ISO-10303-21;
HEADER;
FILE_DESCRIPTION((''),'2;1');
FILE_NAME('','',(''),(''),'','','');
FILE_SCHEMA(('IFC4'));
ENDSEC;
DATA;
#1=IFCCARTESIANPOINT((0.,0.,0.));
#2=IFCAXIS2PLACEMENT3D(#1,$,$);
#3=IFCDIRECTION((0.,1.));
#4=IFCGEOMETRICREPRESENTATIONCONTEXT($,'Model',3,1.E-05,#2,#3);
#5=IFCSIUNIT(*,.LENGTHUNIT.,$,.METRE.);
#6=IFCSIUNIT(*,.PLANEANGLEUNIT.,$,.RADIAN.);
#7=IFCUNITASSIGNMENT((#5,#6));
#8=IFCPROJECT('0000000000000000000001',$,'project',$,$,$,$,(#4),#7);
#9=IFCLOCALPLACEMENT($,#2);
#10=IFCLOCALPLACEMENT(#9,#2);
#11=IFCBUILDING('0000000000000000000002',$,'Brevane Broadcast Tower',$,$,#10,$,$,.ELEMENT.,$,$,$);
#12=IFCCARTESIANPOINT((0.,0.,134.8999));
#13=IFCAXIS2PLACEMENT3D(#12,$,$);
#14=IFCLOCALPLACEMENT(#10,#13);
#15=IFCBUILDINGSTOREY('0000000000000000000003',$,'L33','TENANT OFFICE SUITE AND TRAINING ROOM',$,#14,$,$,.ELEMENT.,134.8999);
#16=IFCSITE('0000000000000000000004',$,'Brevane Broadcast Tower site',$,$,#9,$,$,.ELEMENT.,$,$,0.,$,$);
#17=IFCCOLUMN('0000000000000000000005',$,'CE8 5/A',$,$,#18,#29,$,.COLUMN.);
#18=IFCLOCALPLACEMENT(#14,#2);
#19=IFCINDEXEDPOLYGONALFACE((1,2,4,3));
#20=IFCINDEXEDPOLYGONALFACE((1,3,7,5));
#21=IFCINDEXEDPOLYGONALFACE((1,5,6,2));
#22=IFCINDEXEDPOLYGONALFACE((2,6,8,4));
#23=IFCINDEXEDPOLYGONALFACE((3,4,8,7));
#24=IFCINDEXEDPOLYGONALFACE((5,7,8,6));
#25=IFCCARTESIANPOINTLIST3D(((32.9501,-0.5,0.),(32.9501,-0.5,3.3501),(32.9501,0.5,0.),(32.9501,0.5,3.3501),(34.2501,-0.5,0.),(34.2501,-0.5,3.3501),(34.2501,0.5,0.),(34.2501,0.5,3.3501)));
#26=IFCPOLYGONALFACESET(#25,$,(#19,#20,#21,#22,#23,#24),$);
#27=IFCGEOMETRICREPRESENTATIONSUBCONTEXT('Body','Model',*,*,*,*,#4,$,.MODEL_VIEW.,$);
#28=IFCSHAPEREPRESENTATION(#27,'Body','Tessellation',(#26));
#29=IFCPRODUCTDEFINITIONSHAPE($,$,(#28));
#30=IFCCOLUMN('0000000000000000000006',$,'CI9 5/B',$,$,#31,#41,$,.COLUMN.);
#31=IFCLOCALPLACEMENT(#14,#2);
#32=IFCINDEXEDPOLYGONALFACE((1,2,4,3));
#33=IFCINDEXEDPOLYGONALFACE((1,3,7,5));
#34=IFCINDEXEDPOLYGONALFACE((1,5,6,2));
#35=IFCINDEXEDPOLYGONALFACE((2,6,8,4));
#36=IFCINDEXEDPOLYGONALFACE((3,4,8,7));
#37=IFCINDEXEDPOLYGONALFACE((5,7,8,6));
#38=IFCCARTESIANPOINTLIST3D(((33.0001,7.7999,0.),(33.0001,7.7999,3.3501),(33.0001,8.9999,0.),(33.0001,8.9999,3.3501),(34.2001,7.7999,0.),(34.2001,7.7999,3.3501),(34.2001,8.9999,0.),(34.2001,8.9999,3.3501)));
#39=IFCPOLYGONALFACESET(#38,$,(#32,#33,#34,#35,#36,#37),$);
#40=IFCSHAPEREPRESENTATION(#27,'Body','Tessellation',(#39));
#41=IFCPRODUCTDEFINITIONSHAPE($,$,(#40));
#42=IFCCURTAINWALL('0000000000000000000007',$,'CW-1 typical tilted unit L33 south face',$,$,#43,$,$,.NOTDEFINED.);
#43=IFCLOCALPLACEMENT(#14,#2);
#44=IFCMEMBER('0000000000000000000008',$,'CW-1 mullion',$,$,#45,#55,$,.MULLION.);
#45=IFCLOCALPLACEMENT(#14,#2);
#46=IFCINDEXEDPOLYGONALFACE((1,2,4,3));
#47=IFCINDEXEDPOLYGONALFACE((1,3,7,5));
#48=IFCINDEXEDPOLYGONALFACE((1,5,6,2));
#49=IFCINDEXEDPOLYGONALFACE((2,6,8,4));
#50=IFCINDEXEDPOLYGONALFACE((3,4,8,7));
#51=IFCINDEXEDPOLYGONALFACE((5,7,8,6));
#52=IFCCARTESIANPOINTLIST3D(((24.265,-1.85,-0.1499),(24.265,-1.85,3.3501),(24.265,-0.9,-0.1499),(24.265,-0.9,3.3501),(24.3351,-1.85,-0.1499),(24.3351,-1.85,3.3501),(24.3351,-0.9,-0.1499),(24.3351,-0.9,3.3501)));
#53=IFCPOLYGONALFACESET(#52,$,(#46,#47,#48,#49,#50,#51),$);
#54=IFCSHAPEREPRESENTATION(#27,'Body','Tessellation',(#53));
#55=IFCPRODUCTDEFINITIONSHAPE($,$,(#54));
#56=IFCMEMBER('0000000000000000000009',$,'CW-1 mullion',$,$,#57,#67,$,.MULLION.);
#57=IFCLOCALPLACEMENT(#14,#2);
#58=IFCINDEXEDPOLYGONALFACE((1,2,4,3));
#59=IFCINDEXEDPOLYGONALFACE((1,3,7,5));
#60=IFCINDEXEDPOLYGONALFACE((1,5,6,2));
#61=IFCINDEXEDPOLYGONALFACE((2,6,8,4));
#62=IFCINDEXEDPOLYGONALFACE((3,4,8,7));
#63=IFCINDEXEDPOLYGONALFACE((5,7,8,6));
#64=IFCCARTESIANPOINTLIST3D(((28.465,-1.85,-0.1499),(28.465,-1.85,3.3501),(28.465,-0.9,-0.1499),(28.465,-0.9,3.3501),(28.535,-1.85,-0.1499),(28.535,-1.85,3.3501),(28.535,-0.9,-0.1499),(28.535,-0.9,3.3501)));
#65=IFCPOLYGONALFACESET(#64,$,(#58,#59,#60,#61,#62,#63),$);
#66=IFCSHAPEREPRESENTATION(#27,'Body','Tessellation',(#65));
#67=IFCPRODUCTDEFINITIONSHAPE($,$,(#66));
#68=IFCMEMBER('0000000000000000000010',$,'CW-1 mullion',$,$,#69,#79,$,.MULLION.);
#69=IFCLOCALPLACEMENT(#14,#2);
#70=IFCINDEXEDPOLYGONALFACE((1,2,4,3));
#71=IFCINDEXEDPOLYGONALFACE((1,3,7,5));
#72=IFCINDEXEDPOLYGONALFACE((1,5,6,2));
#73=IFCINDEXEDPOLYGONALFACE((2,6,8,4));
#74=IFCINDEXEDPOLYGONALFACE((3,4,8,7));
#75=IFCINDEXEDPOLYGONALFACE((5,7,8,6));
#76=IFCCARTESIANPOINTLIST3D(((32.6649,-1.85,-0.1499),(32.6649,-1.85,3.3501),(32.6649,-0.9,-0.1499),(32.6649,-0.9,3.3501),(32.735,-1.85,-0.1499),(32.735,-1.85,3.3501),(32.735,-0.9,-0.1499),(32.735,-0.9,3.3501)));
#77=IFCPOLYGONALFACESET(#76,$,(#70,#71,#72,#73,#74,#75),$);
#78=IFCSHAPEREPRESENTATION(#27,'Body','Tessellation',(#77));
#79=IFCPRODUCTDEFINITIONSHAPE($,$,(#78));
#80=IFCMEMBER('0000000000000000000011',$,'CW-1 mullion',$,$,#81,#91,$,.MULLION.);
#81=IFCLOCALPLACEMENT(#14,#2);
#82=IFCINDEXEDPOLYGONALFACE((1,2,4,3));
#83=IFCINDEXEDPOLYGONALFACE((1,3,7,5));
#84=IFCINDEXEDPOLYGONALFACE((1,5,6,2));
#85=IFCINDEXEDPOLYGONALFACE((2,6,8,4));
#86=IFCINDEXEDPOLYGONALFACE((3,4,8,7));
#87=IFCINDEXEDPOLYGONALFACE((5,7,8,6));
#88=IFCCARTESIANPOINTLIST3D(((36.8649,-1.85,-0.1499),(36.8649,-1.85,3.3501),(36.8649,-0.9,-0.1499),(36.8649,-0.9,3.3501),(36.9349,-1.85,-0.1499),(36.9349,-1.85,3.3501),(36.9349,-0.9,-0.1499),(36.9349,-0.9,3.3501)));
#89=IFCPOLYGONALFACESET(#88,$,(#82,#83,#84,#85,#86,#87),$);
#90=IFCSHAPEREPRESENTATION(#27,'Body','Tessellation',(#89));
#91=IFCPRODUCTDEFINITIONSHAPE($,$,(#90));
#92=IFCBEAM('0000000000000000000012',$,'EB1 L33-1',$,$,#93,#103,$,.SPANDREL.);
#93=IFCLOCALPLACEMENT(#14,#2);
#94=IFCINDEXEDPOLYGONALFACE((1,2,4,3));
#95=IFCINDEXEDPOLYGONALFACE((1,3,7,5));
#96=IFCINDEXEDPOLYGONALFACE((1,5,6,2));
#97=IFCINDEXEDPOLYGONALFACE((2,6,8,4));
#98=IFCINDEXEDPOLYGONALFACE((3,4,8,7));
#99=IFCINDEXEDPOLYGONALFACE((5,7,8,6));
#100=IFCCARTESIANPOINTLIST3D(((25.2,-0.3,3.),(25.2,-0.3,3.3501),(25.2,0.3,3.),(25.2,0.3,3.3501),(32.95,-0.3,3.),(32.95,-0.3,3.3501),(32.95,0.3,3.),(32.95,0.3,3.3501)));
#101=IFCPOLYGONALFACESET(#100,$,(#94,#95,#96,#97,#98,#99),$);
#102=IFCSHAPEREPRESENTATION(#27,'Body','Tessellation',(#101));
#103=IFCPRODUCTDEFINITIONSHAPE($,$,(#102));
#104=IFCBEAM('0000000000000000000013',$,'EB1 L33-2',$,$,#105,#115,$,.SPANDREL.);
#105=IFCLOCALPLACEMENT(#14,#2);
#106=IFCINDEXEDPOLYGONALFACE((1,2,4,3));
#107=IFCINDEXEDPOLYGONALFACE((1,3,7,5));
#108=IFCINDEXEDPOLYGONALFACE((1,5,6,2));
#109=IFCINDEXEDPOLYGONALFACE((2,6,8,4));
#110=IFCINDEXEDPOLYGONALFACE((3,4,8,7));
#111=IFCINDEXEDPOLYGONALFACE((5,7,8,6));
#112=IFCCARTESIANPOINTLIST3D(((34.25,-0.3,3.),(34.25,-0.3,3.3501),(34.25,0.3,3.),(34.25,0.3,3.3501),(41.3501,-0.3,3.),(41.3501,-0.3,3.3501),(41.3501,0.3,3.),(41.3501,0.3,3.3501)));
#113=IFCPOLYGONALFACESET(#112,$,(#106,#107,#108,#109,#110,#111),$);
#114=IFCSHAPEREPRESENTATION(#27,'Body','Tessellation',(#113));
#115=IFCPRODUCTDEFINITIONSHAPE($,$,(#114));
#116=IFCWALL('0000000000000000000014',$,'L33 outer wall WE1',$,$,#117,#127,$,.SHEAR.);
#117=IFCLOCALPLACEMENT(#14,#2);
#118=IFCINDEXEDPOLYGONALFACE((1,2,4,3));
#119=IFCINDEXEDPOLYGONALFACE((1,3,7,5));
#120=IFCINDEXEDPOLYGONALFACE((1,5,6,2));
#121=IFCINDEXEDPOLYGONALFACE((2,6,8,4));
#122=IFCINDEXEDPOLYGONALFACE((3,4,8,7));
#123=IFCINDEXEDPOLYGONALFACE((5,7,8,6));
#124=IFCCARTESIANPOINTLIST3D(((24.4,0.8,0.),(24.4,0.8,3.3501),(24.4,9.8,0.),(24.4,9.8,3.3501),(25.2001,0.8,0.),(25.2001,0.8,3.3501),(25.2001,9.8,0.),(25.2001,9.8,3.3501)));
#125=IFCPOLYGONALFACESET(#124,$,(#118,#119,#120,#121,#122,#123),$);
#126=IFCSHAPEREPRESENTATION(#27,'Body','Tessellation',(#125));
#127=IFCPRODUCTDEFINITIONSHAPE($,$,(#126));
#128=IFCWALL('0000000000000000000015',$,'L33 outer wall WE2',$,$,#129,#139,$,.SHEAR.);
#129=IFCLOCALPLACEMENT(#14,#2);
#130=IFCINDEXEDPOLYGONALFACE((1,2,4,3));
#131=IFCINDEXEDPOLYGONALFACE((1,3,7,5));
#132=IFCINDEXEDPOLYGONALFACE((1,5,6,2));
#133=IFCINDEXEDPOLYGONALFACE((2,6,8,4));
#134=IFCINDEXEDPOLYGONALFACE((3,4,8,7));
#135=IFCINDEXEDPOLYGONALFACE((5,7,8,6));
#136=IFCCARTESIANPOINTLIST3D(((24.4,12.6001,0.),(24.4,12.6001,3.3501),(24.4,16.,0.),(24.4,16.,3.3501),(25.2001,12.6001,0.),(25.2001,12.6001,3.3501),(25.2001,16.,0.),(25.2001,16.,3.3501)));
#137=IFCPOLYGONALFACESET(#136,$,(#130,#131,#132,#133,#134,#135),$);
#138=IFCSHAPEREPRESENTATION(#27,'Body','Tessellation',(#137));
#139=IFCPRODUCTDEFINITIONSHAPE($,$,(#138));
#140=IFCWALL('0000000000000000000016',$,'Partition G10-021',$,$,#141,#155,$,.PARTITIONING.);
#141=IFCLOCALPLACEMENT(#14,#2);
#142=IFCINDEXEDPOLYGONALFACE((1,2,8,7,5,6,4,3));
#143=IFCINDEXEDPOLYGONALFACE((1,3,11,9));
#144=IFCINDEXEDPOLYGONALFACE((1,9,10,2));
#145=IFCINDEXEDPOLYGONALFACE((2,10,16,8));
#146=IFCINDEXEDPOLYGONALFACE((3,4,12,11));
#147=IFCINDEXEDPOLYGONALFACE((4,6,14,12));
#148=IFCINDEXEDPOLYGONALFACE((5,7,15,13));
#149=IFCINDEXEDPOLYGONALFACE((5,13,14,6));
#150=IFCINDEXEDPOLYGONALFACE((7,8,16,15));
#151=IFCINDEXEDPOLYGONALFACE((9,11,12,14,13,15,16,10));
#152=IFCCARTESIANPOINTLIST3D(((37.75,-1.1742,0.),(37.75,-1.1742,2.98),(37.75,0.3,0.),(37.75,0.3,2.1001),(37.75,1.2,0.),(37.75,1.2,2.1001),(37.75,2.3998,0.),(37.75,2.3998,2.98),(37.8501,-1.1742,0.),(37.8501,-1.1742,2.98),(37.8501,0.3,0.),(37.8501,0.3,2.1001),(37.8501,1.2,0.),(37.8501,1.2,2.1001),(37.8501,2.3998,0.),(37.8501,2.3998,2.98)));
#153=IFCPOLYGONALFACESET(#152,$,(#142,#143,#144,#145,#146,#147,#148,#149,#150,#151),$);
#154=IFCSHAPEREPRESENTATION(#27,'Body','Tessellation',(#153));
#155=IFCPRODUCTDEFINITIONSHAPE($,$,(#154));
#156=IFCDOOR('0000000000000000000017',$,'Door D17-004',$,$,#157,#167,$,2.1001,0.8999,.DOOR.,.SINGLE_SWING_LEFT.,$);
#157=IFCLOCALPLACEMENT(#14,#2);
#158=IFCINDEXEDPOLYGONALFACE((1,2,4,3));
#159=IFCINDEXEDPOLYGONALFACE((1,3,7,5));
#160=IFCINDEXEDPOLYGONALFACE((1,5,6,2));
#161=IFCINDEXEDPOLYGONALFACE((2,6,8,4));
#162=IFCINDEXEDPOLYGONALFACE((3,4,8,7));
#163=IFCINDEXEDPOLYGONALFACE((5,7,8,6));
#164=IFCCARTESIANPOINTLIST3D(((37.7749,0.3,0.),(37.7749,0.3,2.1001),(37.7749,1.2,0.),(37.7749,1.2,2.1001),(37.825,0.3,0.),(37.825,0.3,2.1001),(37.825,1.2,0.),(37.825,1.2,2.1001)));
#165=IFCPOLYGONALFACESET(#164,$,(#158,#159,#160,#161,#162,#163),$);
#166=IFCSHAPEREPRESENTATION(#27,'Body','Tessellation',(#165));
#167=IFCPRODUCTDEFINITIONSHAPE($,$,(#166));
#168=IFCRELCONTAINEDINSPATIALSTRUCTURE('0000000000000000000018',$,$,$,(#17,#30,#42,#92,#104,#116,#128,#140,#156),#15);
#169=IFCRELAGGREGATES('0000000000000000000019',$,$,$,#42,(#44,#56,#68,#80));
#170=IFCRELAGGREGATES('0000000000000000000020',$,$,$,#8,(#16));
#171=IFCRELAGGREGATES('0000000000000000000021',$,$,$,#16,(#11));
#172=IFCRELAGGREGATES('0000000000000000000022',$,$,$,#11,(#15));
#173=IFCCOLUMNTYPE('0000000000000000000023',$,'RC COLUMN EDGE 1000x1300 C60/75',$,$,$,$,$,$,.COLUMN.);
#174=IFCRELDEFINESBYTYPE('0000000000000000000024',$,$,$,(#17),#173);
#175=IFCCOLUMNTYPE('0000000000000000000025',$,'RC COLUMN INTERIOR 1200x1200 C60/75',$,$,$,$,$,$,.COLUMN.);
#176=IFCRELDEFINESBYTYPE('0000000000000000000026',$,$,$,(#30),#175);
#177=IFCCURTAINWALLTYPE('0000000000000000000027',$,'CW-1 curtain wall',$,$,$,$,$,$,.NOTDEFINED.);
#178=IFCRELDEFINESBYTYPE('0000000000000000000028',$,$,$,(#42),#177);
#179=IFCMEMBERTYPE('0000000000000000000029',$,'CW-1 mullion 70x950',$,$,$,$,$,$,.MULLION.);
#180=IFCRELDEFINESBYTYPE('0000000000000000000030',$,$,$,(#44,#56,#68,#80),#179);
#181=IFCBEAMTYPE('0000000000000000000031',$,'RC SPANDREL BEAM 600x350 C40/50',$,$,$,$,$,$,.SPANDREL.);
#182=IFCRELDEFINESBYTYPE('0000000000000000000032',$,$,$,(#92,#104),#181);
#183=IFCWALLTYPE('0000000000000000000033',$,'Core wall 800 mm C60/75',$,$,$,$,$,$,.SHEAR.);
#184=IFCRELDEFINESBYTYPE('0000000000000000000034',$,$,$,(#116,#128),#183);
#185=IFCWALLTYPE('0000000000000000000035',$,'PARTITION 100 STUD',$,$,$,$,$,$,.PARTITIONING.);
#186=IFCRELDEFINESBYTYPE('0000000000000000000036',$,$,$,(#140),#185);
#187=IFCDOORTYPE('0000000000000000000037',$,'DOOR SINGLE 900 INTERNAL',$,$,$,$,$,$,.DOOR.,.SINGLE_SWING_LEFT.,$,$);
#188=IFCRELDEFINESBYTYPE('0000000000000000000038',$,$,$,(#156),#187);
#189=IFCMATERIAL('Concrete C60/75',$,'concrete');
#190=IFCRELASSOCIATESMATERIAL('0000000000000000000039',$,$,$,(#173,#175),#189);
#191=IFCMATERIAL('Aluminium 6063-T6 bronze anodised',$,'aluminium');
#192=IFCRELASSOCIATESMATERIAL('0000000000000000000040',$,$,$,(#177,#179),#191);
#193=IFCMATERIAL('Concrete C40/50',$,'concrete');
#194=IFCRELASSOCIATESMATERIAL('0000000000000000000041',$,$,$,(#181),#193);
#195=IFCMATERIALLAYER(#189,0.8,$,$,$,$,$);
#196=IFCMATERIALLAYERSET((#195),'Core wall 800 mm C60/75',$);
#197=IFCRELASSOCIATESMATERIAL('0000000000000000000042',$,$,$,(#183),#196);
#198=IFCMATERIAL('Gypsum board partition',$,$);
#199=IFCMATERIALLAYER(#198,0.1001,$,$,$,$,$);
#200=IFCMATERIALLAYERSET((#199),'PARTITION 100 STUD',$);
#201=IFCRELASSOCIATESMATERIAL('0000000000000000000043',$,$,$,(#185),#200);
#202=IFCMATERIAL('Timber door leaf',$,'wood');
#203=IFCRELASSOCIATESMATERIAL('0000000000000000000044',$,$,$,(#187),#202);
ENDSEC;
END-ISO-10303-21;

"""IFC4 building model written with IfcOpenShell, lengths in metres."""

from ifc_helpers import new_model, si_unit, direction, frame, frame_2d, origin, origin_2d, place, context, subcontext, project, spatial, rectangle, extrude, material, layer, layer_set, material_profile, profile_set, type_object, element, fill, aggregate, save


model = new_model("IFC4")

# Units and contexts
model_context = context("Model", 3, precision=1e-05, world=origin(), true_north=direction((0.0, 1.0)))
body_context = subcontext(model_context, "Body", "Model", "MODEL_VIEW")
ifc_project = project(units=[si_unit("LENGTHUNIT", "METRE"), si_unit("PLANEANGLEUNIT", "RADIAN")], contexts=[model_context])

# Site, building, storey
site_placement = place(None, origin())
site = spatial("IfcSite", under=ifc_project, at=site_placement, Name="Brevane Broadcast Tower site", CompositionType="ELEMENT", RefElevation=0.0)
building_placement = place(site_placement, origin())
building = spatial("IfcBuilding", under=site, at=building_placement, Name="Brevane Broadcast Tower", CompositionType="ELEMENT")
storey_placement = place(building_placement, frame((0.0, 0.0, 134.8999)))
storey = spatial("IfcBuildingStorey", under=building, at=storey_placement, Name="L33", Description="TENANT OFFICE SUITE AND TRAINING ROOM", CompositionType="ELEMENT", Elevation=134.8999)

# Columns
ifc_material_1 = material(Name="Concrete C60/75", Category="concrete")
ifc_material_profile_1 = material_profile(ifc_material_1, rectangle(XDim=1.0, YDim=1.3, at=origin_2d()), Name="RC 1000x1300")
ifc_profile_set_1 = profile_set([ifc_material_profile_1], Name="Concrete C60/75")
column_type_1 = type_object("IfcColumnType", Name="RC COLUMN EDGE 1000x1300 C60/75", PredefinedType="COLUMN", material=ifc_profile_set_1)
column_1_placement = place(storey_placement, frame((33.6001, 0.0, 0.0), z_axis=(0.0, 0.0, 1.0), x_axis=(0.0, 1.0, 0.0)))
element("IfcColumn", 1, at=column_1_placement, inside=storey, type_object=column_type_1, Name="CE8 5/A", PredefinedType="COLUMN", context=body_context, shape_type="SweptSolid", body=[
    extrude(rectangle(XDim=1.0, YDim=1.3, at=origin_2d()), origin(), (0.0, 0.0, 1.0), 3.3501),
])
ifc_material_profile_2 = material_profile(ifc_material_1, rectangle(XDim=1.2, YDim=1.2, at=origin_2d()), Name="RC 1200x1200")
ifc_profile_set_2 = profile_set([ifc_material_profile_2], Name="Concrete C60/75")
column_type_2 = type_object("IfcColumnType", Name="RC COLUMN INTERIOR 1200x1200 C60/75", PredefinedType="COLUMN", material=ifc_profile_set_2)
column_2_placement = place(storey_placement, frame((33.6001, 8.3999, 0.0), z_axis=(0.0, 0.0, 1.0), x_axis=(1.0, 0.0, 0.0)))
element("IfcColumn", 2, at=column_2_placement, inside=storey, type_object=column_type_2, Name="CI9 5/B", PredefinedType="COLUMN", context=body_context, shape_type="SweptSolid", body=[
    extrude(rectangle(XDim=1.2, YDim=1.2, at=origin_2d()), origin(), (0.0, 0.0, 1.0), 3.3501),
])

# Curtain wall, members
ifc_material_2 = material(Name="Aluminium 6063-T6 bronze anodised", Category="aluminium")
curtain_wall_type = type_object("IfcCurtainWallType", Name="CW-1 curtain wall", PredefinedType="NOTDEFINED", material=ifc_material_2)
curtain_wall_placement = place(storey_placement, origin())
curtain_wall = element("IfcCurtainWall", 3, at=curtain_wall_placement, inside=storey, type_object=curtain_wall_type, Name="CW-1 typical tilted unit L33 south face", PredefinedType="NOTDEFINED")
ifc_material_profile_3 = material_profile(ifc_material_2, rectangle(XDim=0.95, YDim=0.0701, at=origin_2d()), Name="RECT 70x950")
ifc_profile_set_3 = profile_set([ifc_material_profile_3], Name="Aluminium 6063-T6 bronze anodised")
member_type = type_object("IfcMemberType", Name="CW-1 mullion 70x950", PredefinedType="MULLION", material=ifc_profile_set_3)
member_1_placement = place(storey_placement, frame((24.3, -1.375, -0.1499), z_axis=(0.0, 0.0, 1.0), x_axis=(0.0, 1.0, 0.0)))
member_1 = element("IfcMember", 4, at=member_1_placement, type_object=member_type, Name="CW-1 mullion", PredefinedType="MULLION", context=body_context, shape_type="SweptSolid", body=[
    extrude(rectangle(XDim=0.95, YDim=0.0701, at=origin_2d()), origin(), (0.0, 0.0, 1.0), 3.5),
])
member_2_placement = place(storey_placement, frame((28.5, -1.375, -0.1499), z_axis=(0.0, 0.0, 1.0), x_axis=(0.0, 1.0, 0.0)))
member_2 = element("IfcMember", 5, at=member_2_placement, type_object=member_type, Name="CW-1 mullion", PredefinedType="MULLION", context=body_context, shape_type="SweptSolid", body=[
    extrude(rectangle(XDim=0.95, YDim=0.0701, at=origin_2d()), origin(), (0.0, 0.0, 1.0), 3.5),
])
member_3_placement = place(storey_placement, frame((32.7, -1.375, -0.1499), z_axis=(0.0, 0.0, 1.0), x_axis=(0.0, 1.0, 0.0)))
member_3 = element("IfcMember", 6, at=member_3_placement, type_object=member_type, Name="CW-1 mullion", PredefinedType="MULLION", context=body_context, shape_type="SweptSolid", body=[
    extrude(rectangle(XDim=0.95, YDim=0.0701, at=origin_2d()), origin(), (0.0, 0.0, 1.0), 3.5),
])
member_4_placement = place(storey_placement, frame((36.8999, -1.375, -0.1499), z_axis=(0.0, 0.0, 1.0), x_axis=(0.0, 1.0, 0.0)))
member_4 = element("IfcMember", 7, at=member_4_placement, type_object=member_type, Name="CW-1 mullion", PredefinedType="MULLION", context=body_context, shape_type="SweptSolid", body=[
    extrude(rectangle(XDim=0.95, YDim=0.0701, at=origin_2d()), origin(), (0.0, 0.0, 1.0), 3.5),
])
aggregate(curtain_wall, [member_1, member_2, member_3, member_4])

# Beams
ifc_material_3 = material(Name="Concrete C40/50", Category="concrete")
ifc_material_profile_4 = material_profile(ifc_material_3, rectangle(XDim=0.6001, YDim=0.3501, at=origin_2d()), Name="RC 600x350")
ifc_profile_set_4 = profile_set([ifc_material_profile_4], Name="Concrete C40/50")
beam_type = type_object("IfcBeamType", Name="RC SPANDREL BEAM 600x350 C40/50", PredefinedType="SPANDREL", material=ifc_profile_set_4)
beam_1_placement = place(storey_placement, frame((25.2, 0.0, 3.175), z_axis=(1.0, 0.0, 0.0), x_axis=(0.0, 1.0, 0.0)))
element("IfcBeam", 8, at=beam_1_placement, inside=storey, type_object=beam_type, Name="EB1 L33-1", PredefinedType="SPANDREL", context=body_context, shape_type="SweptSolid", body=[
    extrude(rectangle(XDim=0.6001, YDim=0.3501, at=origin_2d()), origin(), (0.0, 0.0, 1.0), 7.75),
])
beam_2_placement = place(storey_placement, frame((34.25, 0.0, 3.175), z_axis=(1.0, 0.0, 0.0), x_axis=(0.0, 1.0, 0.0)))
element("IfcBeam", 9, at=beam_2_placement, inside=storey, type_object=beam_type, Name="EB1 L33-2", PredefinedType="SPANDREL", context=body_context, shape_type="SweptSolid", body=[
    extrude(rectangle(XDim=0.6001, YDim=0.3501, at=origin_2d()), origin(), (0.0, 0.0, 1.0), 7.1001),
])

# Walls
ifc_layer_1 = layer(ifc_material_1, 0.8)
ifc_layer_set_1 = layer_set([ifc_layer_1], Name="Core wall 800 mm C60/75")
wall_type_1 = type_object("IfcWallType", Name="Core wall 800 mm C60/75", PredefinedType="SHEAR", material=ifc_layer_set_1)
wall_1_placement = place(storey_placement, frame((24.8, 0.8, 0.0), z_axis=(0.0, 0.0, 1.0), x_axis=(0.0, 1.0, 0.0)))
element("IfcWall", 10, at=wall_1_placement, inside=storey, type_object=wall_type_1, Name="L33 outer wall WE1", PredefinedType="SHEAR", context=body_context, shape_type="SweptSolid", body=[
    extrude(rectangle(XDim=9.0, YDim=0.8, at=frame_2d((4.5, 0.0))), origin(), (0.0, 0.0, 1.0), 3.3501),
])
wall_2_placement = place(storey_placement, frame((24.8, 12.6001, 0.0), z_axis=(0.0, 0.0, 1.0), x_axis=(0.0, 1.0, 0.0)))
element("IfcWall", 11, at=wall_2_placement, inside=storey, type_object=wall_type_1, Name="L33 outer wall WE2", PredefinedType="SHEAR", context=body_context, shape_type="SweptSolid", body=[
    extrude(rectangle(XDim=3.3999, YDim=0.8, at=frame_2d((1.7, 0.0))), origin(), (0.0, 0.0, 1.0), 3.3501),
])

# Wall, opening, door
ifc_material_4 = material(Name="Gypsum board partition")
ifc_layer_2 = layer(ifc_material_4, 0.1001)
ifc_layer_set_2 = layer_set([ifc_layer_2], Name="PARTITION 100 STUD")
wall_type_2 = type_object("IfcWallType", Name="PARTITION 100 STUD", PredefinedType="PARTITIONING", material=ifc_layer_set_2)
wall_3_placement = place(storey_placement, frame((37.8, 2.3999, 0.0), z_axis=(0.0, 0.0, 1.0), x_axis=(0.0, -1.0, 0.0)))
wall_3 = element("IfcWall", 12, at=wall_3_placement, inside=storey, type_object=wall_type_2, Name="Partition G10-021", PredefinedType="PARTITIONING", context=body_context, shape_type="SweptSolid", body=[
    extrude(rectangle(XDim=3.574, YDim=0.1001, at=frame_2d((1.7871, 0.0))), origin(), (0.0, 0.0, 1.0), 2.98),
])
opening_1_placement = place(wall_3_placement, frame((1.2, 0.0, 0.0)))
opening_1 = element("IfcOpeningElement", 13, at=opening_1_placement, cuts=wall_3, PredefinedType="OPENING", context=body_context, shape_type="SweptSolid", body=[
    extrude(rectangle(XDim=0.8999, YDim=2.1001, at=frame_2d((0.45, 1.05))), frame((0.0, 0.0601, 0.0), z_axis=(0.0, -1.0, 0.0), x_axis=(1.0, 0.0, 0.0)), (0.0, 0.0, 1.0), 0.1201),
])
ifc_material_5 = material(Name="Timber door leaf", Category="wood")
door_type_1 = type_object("IfcDoorType", Name="DOOR SINGLE 900 INTERNAL", OperationType="SINGLE_SWING_LEFT", PredefinedType="DOOR", material=ifc_material_5)
door_1_placement = place(opening_1_placement, origin())
door_1 = element("IfcDoor", 14, at=door_1_placement, inside=storey, type_object=door_type_1, Name="Door D17-004", OperationType="SINGLE_SWING_LEFT", OverallHeight=2.1001, OverallWidth=0.8999, PredefinedType="DOOR", context=body_context, shape_type="SweptSolid", body=[
    extrude(rectangle(XDim=0.8999, YDim=2.1001, at=frame_2d((0.45, 1.05))), frame((0.0, 0.0249, 0.0), z_axis=(0.0, -1.0, 0.0), x_axis=(1.0, 0.0, 0.0)), (0.0, 0.0, 1.0), 0.05),
])
fill(opening_1, door_1)

save(model, "model.ifc")
